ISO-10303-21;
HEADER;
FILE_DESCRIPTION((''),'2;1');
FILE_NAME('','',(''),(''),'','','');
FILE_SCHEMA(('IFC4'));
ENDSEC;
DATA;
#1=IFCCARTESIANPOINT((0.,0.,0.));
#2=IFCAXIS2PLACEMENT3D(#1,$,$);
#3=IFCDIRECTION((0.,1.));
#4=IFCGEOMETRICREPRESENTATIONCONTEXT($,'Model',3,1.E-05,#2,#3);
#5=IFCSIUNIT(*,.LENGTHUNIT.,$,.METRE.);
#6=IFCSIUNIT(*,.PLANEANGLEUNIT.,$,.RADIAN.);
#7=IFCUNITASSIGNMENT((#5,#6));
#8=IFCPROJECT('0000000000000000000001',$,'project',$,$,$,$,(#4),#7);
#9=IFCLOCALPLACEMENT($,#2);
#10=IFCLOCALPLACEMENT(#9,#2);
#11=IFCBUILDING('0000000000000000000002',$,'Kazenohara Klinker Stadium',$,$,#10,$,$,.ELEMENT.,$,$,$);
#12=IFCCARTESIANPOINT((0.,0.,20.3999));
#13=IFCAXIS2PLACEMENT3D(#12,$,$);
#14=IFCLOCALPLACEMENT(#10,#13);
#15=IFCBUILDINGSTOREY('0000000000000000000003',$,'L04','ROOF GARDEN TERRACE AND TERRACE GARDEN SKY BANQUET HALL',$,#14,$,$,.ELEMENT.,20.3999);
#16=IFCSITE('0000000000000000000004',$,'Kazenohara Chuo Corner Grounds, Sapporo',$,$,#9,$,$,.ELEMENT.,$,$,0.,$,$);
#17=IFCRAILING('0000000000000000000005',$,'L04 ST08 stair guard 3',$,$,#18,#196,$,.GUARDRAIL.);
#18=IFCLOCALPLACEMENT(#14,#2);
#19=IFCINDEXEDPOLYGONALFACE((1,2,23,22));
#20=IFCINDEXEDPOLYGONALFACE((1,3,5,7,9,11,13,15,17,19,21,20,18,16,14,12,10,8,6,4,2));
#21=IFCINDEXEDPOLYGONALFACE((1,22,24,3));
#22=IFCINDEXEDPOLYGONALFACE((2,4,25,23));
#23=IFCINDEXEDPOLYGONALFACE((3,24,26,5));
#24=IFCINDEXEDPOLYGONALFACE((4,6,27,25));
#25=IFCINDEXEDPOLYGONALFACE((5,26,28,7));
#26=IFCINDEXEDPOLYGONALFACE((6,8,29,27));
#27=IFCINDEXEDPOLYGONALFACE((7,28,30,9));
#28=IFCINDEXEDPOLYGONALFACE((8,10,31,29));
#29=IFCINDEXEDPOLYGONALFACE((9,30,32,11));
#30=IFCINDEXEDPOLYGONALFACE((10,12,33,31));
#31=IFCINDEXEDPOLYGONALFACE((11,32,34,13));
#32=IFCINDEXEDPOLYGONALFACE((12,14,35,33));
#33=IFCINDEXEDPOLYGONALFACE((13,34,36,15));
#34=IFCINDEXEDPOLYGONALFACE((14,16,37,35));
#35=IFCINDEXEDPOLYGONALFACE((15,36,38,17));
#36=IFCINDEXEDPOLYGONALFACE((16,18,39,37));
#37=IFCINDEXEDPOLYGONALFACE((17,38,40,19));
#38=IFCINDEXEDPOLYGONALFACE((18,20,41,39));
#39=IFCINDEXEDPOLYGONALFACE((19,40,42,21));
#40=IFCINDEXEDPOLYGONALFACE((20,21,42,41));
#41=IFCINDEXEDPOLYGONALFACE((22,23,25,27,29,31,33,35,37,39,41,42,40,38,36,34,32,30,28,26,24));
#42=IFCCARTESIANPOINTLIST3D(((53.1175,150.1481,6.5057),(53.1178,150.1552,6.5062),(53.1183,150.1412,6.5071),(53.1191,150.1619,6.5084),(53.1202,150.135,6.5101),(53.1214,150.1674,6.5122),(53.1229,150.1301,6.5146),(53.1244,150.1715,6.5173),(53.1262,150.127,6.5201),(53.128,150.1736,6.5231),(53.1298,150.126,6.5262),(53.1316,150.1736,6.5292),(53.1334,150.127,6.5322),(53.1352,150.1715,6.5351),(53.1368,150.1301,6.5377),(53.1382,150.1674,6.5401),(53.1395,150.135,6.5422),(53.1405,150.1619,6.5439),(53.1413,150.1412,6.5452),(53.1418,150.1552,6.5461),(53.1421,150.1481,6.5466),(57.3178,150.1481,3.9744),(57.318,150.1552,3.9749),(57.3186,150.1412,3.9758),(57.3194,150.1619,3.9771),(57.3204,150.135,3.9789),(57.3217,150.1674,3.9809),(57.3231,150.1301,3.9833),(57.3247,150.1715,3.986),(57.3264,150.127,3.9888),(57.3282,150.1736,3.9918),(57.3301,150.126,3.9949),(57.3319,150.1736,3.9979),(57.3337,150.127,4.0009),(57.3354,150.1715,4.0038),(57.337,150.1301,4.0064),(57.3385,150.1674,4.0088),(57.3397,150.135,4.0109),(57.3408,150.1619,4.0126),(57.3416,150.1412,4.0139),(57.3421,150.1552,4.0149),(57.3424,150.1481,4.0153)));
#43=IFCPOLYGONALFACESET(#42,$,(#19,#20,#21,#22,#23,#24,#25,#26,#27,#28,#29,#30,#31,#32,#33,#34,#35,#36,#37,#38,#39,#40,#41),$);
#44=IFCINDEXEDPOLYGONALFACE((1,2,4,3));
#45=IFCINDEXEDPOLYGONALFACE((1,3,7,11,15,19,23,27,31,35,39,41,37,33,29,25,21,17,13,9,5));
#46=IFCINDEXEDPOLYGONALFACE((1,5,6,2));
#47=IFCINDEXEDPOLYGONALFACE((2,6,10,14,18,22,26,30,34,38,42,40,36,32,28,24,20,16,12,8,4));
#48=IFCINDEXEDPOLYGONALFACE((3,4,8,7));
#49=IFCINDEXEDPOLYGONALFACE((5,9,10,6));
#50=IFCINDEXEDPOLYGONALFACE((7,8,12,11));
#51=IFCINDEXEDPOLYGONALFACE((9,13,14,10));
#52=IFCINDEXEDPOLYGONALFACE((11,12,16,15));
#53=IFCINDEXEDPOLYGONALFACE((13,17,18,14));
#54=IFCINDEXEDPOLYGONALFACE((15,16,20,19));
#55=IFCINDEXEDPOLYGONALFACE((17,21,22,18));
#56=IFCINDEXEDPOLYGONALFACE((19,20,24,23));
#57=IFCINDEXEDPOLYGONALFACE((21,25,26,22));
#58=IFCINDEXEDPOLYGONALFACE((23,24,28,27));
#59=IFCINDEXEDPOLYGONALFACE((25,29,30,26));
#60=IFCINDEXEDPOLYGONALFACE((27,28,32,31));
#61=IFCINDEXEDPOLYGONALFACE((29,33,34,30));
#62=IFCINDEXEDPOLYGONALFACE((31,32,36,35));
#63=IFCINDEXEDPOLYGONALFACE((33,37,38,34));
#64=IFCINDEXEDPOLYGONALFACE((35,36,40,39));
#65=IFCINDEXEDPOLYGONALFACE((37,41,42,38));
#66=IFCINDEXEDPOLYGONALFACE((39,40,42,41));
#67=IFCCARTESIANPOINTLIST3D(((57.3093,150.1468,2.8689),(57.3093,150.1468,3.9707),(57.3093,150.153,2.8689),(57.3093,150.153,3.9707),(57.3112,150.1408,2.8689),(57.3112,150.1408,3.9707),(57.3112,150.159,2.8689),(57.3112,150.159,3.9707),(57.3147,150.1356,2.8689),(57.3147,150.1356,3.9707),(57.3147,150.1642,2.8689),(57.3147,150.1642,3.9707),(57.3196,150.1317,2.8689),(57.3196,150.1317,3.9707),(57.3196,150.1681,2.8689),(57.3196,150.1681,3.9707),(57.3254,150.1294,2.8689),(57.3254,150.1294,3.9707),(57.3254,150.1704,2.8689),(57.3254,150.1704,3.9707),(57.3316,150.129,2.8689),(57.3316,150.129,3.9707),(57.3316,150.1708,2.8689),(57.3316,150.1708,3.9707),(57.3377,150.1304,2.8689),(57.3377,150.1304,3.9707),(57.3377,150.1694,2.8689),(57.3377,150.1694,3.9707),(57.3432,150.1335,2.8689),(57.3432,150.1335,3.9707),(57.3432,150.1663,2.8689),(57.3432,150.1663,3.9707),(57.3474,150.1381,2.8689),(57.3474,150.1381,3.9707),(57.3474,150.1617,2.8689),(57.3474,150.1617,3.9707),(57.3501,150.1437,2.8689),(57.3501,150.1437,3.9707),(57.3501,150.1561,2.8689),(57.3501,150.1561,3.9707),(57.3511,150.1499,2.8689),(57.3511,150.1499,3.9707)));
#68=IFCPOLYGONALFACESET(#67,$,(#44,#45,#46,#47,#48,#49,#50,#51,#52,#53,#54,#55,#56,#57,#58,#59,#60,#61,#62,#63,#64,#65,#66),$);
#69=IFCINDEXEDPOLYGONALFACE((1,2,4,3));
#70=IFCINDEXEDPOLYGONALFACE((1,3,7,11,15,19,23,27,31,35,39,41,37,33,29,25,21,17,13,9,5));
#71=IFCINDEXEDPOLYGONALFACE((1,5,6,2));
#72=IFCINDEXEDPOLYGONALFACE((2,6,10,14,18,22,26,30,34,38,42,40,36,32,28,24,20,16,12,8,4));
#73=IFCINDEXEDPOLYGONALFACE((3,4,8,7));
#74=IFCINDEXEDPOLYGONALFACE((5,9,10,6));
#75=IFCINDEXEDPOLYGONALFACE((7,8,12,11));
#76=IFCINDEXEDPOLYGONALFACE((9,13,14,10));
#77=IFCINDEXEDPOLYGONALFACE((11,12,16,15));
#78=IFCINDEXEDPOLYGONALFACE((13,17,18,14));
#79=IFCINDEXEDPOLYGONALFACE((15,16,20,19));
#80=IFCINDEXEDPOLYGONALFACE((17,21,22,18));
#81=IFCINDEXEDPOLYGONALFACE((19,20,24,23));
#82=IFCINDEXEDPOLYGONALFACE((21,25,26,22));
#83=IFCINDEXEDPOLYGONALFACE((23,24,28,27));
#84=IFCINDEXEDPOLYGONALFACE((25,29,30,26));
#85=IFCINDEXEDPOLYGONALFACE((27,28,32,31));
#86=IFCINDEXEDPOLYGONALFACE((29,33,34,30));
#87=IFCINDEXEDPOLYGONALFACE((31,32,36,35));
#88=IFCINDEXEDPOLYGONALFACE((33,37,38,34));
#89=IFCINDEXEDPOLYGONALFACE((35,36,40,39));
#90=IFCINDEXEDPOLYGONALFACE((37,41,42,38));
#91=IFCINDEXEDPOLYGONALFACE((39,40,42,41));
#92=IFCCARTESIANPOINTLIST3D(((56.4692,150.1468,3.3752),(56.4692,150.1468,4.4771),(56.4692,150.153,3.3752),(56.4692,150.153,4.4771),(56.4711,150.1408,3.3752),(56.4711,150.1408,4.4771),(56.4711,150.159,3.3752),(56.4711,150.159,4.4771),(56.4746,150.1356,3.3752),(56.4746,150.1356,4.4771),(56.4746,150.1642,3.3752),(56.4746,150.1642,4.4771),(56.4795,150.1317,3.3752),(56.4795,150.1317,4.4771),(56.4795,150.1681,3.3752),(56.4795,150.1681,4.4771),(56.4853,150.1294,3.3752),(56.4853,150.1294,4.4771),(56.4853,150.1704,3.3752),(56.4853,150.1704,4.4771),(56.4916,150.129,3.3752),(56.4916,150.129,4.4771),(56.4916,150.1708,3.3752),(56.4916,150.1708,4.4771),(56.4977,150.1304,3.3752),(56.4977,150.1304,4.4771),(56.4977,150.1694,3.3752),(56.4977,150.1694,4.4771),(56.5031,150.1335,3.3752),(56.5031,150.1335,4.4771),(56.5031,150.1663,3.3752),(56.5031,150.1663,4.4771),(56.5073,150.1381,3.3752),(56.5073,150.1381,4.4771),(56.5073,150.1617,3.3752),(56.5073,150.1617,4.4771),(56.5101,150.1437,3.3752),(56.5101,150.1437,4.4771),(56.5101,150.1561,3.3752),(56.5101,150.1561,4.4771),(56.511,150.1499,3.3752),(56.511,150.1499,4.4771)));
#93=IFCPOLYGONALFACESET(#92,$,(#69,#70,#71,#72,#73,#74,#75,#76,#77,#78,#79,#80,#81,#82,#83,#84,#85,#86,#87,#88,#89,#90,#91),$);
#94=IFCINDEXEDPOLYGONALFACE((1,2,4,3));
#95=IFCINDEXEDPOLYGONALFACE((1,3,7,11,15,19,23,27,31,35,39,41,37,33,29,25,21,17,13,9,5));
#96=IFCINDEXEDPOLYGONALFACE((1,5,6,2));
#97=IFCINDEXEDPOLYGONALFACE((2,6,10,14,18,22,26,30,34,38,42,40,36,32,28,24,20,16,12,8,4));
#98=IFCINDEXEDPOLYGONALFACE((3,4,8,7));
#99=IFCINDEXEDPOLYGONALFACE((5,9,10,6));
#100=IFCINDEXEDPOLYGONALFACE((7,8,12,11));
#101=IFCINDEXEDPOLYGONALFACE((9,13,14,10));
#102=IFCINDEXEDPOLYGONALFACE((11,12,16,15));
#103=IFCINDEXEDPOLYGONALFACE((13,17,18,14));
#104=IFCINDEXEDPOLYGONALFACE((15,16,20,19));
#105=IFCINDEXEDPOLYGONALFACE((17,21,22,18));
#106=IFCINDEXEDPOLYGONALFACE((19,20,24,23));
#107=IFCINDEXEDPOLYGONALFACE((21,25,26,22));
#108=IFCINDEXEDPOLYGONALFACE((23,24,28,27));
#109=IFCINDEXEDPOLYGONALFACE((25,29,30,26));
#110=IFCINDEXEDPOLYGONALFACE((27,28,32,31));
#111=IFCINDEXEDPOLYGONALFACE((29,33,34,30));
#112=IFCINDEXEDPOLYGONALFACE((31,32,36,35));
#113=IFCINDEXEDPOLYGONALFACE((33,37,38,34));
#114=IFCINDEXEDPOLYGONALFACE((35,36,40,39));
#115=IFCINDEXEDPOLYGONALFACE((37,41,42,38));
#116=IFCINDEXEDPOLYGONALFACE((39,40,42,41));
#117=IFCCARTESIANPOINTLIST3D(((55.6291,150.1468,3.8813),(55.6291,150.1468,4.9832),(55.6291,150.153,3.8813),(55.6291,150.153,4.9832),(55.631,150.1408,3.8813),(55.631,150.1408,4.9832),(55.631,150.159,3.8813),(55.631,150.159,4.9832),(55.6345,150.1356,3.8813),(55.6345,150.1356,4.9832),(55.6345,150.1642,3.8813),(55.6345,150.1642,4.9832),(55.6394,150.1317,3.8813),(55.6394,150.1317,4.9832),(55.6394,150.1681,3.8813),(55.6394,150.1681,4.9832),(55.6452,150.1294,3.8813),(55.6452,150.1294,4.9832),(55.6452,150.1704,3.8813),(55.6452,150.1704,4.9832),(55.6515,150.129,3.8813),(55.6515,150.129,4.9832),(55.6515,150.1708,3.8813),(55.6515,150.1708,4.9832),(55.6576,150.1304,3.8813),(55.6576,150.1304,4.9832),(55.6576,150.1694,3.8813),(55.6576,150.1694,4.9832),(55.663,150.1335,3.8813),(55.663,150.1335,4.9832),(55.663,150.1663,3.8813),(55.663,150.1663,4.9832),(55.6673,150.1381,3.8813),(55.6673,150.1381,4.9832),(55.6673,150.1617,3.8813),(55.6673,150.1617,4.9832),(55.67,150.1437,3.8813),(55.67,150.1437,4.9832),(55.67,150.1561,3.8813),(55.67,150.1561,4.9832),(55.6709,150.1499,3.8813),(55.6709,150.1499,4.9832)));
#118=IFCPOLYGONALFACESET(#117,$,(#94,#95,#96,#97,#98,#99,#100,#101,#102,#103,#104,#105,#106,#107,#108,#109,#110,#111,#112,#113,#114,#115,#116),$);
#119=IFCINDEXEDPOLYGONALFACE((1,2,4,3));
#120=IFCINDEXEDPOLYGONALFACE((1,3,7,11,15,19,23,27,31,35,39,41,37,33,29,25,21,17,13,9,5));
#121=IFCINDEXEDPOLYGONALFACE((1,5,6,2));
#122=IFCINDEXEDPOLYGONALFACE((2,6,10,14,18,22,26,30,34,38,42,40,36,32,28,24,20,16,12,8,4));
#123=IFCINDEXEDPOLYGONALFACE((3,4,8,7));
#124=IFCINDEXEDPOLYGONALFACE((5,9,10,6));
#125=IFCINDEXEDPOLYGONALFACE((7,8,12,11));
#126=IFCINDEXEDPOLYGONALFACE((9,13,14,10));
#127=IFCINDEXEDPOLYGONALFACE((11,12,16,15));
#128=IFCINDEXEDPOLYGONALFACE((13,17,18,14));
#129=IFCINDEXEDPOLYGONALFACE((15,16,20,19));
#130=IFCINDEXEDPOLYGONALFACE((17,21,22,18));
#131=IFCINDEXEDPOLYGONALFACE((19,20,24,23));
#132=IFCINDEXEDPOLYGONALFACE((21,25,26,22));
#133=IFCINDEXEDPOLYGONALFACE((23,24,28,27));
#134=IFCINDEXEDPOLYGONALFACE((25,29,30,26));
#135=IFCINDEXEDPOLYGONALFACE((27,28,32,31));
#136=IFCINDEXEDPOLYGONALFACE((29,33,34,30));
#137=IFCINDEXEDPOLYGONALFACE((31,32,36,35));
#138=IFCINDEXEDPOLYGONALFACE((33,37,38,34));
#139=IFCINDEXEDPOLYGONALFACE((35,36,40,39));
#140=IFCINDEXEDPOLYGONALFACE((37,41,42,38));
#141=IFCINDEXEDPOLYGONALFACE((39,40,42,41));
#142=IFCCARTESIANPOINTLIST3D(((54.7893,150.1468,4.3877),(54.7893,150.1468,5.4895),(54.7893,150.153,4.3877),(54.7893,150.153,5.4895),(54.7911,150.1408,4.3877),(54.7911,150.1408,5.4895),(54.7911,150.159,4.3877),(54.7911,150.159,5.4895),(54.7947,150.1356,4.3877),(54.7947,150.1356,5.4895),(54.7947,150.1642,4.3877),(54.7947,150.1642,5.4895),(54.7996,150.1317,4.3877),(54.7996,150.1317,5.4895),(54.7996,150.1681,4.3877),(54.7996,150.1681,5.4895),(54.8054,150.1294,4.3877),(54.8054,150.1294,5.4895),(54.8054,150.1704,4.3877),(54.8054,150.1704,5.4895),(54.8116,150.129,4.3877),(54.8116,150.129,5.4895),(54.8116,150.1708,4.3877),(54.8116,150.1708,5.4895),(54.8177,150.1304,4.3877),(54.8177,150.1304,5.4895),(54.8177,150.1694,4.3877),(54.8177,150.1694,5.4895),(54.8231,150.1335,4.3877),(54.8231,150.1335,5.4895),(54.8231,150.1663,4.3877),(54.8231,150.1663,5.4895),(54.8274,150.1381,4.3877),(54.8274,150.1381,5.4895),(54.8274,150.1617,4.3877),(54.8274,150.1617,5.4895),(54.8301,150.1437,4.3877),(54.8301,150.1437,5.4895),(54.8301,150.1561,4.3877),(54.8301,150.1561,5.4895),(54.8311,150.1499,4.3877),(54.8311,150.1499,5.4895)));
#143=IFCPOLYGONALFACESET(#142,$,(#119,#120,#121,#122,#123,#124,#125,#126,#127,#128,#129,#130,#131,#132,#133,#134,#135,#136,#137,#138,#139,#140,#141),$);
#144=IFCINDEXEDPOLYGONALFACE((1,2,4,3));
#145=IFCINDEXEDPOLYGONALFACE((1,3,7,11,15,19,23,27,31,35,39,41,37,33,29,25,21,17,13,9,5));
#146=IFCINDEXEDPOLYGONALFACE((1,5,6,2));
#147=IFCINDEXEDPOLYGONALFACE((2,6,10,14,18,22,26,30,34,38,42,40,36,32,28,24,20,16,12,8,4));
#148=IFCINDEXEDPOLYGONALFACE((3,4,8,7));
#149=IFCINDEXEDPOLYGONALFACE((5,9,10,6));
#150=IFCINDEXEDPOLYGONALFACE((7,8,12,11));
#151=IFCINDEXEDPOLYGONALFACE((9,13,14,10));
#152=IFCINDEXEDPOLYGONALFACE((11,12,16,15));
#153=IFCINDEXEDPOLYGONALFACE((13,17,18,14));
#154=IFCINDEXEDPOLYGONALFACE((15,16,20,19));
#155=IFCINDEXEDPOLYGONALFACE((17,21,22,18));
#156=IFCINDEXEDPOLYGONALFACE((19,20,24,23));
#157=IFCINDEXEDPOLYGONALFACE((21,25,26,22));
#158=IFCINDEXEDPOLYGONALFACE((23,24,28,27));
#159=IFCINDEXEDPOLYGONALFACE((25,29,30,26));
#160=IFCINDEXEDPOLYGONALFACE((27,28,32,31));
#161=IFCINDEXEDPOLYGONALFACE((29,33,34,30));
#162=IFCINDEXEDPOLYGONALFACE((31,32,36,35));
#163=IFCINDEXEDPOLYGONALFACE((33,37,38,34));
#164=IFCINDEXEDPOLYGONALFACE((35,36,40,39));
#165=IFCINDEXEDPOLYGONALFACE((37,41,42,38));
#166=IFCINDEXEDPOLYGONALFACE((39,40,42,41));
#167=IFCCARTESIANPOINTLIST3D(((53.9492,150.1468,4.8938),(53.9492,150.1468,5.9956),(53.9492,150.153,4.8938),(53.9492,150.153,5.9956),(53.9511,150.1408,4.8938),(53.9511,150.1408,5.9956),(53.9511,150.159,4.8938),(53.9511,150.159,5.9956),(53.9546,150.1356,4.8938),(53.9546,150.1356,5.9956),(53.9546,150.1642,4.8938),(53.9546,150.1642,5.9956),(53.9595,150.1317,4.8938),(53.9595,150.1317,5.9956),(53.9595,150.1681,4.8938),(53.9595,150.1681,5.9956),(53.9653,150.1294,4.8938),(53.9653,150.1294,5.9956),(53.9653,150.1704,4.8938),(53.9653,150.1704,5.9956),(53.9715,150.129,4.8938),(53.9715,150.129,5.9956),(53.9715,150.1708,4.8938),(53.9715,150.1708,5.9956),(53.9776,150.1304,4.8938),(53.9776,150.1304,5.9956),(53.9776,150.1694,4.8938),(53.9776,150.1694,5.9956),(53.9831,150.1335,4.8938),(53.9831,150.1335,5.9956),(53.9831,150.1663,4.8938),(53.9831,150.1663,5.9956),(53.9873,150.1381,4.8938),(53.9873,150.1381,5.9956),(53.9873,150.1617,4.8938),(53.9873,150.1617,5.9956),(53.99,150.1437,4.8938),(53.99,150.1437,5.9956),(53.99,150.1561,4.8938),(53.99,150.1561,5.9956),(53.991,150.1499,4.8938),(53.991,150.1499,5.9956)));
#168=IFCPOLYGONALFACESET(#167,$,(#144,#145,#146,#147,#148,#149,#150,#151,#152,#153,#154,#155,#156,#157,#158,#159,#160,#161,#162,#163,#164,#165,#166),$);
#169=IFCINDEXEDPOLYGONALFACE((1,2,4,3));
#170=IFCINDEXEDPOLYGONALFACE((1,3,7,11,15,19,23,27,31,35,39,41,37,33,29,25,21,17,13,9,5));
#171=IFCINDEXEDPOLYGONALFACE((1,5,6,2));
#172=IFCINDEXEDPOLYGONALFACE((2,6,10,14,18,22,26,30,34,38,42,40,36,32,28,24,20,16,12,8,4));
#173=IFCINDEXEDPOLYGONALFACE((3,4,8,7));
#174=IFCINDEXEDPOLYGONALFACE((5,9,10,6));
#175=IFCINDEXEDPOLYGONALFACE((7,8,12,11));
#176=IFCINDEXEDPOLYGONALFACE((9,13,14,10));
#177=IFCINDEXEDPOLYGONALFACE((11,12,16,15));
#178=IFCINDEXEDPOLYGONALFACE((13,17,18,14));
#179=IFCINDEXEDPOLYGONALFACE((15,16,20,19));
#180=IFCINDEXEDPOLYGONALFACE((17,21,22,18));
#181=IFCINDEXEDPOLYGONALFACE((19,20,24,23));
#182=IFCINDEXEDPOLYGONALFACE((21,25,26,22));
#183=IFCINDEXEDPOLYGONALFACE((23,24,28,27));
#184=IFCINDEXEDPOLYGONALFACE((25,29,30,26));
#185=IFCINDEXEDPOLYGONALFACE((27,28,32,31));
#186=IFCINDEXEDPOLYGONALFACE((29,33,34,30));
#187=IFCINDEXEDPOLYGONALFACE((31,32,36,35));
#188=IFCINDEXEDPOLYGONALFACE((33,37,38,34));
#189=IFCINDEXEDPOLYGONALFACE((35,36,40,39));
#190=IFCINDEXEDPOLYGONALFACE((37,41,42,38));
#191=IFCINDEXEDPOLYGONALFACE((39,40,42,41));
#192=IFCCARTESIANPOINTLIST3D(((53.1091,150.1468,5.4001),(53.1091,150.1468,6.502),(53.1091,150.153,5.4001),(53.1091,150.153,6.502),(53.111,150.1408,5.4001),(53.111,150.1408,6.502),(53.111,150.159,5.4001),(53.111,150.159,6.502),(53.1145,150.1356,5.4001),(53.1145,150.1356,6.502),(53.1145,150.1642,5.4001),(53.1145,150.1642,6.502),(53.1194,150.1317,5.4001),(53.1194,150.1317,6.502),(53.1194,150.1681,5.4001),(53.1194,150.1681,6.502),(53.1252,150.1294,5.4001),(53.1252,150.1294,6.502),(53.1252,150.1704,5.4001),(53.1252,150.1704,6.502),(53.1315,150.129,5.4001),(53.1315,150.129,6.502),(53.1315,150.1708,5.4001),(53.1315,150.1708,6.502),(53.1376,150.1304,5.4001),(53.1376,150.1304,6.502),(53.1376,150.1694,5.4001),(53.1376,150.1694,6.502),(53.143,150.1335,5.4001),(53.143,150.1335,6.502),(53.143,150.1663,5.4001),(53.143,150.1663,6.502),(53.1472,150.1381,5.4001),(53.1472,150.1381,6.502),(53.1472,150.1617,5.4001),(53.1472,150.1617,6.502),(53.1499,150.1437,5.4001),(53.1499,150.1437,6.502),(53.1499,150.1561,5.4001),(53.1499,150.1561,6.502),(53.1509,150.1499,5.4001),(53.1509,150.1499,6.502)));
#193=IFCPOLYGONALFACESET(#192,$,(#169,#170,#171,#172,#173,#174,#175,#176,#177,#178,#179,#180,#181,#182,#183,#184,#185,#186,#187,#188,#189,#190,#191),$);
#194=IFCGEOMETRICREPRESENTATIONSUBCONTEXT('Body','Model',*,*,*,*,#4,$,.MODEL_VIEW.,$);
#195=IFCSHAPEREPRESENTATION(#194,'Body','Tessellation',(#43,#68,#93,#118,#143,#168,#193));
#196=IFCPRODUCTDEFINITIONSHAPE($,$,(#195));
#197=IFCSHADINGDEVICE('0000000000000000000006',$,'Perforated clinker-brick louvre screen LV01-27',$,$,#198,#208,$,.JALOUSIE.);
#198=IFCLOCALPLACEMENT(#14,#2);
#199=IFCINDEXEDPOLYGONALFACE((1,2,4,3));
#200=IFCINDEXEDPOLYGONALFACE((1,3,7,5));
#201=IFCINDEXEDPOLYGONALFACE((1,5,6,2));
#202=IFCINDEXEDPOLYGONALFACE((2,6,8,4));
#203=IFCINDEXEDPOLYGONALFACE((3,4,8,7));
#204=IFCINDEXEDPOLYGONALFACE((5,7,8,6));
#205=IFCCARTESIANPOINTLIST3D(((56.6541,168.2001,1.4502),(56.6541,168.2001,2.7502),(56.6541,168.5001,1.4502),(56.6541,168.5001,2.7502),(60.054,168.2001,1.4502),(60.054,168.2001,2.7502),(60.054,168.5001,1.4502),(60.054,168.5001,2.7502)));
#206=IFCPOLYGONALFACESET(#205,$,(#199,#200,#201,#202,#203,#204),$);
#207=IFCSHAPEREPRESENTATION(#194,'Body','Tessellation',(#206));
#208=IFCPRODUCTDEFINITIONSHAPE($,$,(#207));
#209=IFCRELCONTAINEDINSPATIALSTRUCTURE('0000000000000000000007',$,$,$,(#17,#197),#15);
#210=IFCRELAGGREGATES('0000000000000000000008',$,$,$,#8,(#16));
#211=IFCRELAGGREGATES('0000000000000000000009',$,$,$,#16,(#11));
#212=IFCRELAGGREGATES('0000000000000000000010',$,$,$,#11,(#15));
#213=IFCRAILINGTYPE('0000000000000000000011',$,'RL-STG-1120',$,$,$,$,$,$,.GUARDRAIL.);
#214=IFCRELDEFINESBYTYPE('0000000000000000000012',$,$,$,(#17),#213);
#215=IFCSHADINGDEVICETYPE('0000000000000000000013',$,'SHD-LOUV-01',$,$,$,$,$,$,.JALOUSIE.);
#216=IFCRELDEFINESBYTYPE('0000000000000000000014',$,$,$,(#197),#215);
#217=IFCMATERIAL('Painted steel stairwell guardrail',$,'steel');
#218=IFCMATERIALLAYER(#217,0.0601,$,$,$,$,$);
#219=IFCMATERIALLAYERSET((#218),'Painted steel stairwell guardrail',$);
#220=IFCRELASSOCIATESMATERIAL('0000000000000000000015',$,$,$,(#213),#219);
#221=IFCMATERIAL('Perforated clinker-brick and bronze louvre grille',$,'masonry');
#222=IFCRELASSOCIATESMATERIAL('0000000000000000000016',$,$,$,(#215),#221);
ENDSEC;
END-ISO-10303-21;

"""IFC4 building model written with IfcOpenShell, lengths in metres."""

from ifc_helpers import new_model, si_unit, direction, frame, origin, origin_2d, place, context, subcontext, project, spatial, rectangle, circle, extrude, material, layer, layer_set, type_object, element, save


model = new_model("IFC4")

# Units and contexts
model_context = context("Model", 3, precision=1e-05, world=origin(), true_north=direction((0.0, 1.0)))
body_context = subcontext(model_context, "Body", "Model", "MODEL_VIEW")
ifc_project = project(units=[si_unit("LENGTHUNIT", "METRE"), si_unit("PLANEANGLEUNIT", "RADIAN")], contexts=[model_context])

# Site, building, storey
site_placement = place(None, origin())
site = spatial("IfcSite", under=ifc_project, at=site_placement, Name="Kazenohara Chuo Corner Grounds, Sapporo", CompositionType="ELEMENT", RefElevation=0.0)
building_placement = place(site_placement, origin())
building = spatial("IfcBuilding", under=site, at=building_placement, Name="Kazenohara Klinker Stadium", CompositionType="ELEMENT")
storey_placement = place(building_placement, frame((0.0, 0.0, 20.3999)))
storey = spatial("IfcBuildingStorey", under=building, at=storey_placement, Name="L04", Description="ROOF GARDEN TERRACE AND TERRACE GARDEN SKY BANQUET HALL", CompositionType="ELEMENT", Elevation=20.3999)

# Railing
ifc_material_1 = material(Name="Painted steel stairwell guardrail", Category="steel")
ifc_layer_1 = layer(ifc_material_1, 0.0601)
ifc_layer_set_1 = layer_set([ifc_layer_1], Name="Painted steel stairwell guardrail")
railing_type_1 = type_object("IfcRailingType", Name="RL-STG-1120", PredefinedType="GUARDRAIL", material=ifc_layer_set_1)
railing_1_placement = place(storey_placement, frame((57.3301, 150.1499, 2.8689)))
element("IfcRailing", 1, at=railing_1_placement, inside=storey, type_object=railing_type_1, Name="L04 ST08 stair guard 3", PredefinedType="GUARDRAIL", context=body_context, shape_type="SweptSolid", body=[
    extrude(circle(Radius=0.0239, at=origin_2d()), frame((0.0, 0.0, 1.126), z_axis=(-0.85649, 0.0, 0.516164), x_axis=(0.0, -1.0, 0.0)), (0.0, 0.0, 1.0), 4.9041),
    extrude(circle(Radius=0.021, at=origin_2d()), origin(), (0.0, 0.0, 1.0), 1.1018),
    extrude(circle(Radius=0.021, at=origin_2d()), frame((-0.8401, 0.0, 0.5063)), (0.0, 0.0, 1.0), 1.1018),
    extrude(circle(Radius=0.021, at=origin_2d()), frame((-1.6802, 0.0, 1.0125)), (0.0, 0.0, 1.0), 1.1018),
    extrude(circle(Radius=0.021, at=origin_2d()), frame((-2.52, 0.0, 1.5188)), (0.0, 0.0, 1.0), 1.1018),
    extrude(circle(Radius=0.021, at=origin_2d()), frame((-3.3601, 0.0, 2.0249)), (0.0, 0.0, 1.0), 1.1018),
    extrude(circle(Radius=0.021, at=origin_2d()), frame((-4.2002, 0.0, 2.5312)), (0.0, 0.0, 1.0), 1.1018),
])

# Shading device
ifc_material_2 = material(Name="Perforated clinker-brick and bronze louvre grille", Category="masonry")
shading_device_type = type_object("IfcShadingDeviceType", Name="SHD-LOUV-01", PredefinedType="JALOUSIE", material=ifc_material_2)
shading_device_placement = place(storey_placement, frame((58.354, 168.3501, 1.4502), z_axis=(0.0, 0.0, 1.0), x_axis=(1.0, 0.0, 0.0)))
element("IfcShadingDevice", 2, at=shading_device_placement, inside=storey, type_object=shading_device_type, Name="Perforated clinker-brick louvre screen LV01-27", PredefinedType="JALOUSIE", context=body_context, shape_type="SweptSolid", body=[
    extrude(rectangle(XDim=3.3999, YDim=0.3, at=origin_2d()), origin(), (0.0, 0.0, 1.0), 1.3),
])

save(model, "model.ifc")
